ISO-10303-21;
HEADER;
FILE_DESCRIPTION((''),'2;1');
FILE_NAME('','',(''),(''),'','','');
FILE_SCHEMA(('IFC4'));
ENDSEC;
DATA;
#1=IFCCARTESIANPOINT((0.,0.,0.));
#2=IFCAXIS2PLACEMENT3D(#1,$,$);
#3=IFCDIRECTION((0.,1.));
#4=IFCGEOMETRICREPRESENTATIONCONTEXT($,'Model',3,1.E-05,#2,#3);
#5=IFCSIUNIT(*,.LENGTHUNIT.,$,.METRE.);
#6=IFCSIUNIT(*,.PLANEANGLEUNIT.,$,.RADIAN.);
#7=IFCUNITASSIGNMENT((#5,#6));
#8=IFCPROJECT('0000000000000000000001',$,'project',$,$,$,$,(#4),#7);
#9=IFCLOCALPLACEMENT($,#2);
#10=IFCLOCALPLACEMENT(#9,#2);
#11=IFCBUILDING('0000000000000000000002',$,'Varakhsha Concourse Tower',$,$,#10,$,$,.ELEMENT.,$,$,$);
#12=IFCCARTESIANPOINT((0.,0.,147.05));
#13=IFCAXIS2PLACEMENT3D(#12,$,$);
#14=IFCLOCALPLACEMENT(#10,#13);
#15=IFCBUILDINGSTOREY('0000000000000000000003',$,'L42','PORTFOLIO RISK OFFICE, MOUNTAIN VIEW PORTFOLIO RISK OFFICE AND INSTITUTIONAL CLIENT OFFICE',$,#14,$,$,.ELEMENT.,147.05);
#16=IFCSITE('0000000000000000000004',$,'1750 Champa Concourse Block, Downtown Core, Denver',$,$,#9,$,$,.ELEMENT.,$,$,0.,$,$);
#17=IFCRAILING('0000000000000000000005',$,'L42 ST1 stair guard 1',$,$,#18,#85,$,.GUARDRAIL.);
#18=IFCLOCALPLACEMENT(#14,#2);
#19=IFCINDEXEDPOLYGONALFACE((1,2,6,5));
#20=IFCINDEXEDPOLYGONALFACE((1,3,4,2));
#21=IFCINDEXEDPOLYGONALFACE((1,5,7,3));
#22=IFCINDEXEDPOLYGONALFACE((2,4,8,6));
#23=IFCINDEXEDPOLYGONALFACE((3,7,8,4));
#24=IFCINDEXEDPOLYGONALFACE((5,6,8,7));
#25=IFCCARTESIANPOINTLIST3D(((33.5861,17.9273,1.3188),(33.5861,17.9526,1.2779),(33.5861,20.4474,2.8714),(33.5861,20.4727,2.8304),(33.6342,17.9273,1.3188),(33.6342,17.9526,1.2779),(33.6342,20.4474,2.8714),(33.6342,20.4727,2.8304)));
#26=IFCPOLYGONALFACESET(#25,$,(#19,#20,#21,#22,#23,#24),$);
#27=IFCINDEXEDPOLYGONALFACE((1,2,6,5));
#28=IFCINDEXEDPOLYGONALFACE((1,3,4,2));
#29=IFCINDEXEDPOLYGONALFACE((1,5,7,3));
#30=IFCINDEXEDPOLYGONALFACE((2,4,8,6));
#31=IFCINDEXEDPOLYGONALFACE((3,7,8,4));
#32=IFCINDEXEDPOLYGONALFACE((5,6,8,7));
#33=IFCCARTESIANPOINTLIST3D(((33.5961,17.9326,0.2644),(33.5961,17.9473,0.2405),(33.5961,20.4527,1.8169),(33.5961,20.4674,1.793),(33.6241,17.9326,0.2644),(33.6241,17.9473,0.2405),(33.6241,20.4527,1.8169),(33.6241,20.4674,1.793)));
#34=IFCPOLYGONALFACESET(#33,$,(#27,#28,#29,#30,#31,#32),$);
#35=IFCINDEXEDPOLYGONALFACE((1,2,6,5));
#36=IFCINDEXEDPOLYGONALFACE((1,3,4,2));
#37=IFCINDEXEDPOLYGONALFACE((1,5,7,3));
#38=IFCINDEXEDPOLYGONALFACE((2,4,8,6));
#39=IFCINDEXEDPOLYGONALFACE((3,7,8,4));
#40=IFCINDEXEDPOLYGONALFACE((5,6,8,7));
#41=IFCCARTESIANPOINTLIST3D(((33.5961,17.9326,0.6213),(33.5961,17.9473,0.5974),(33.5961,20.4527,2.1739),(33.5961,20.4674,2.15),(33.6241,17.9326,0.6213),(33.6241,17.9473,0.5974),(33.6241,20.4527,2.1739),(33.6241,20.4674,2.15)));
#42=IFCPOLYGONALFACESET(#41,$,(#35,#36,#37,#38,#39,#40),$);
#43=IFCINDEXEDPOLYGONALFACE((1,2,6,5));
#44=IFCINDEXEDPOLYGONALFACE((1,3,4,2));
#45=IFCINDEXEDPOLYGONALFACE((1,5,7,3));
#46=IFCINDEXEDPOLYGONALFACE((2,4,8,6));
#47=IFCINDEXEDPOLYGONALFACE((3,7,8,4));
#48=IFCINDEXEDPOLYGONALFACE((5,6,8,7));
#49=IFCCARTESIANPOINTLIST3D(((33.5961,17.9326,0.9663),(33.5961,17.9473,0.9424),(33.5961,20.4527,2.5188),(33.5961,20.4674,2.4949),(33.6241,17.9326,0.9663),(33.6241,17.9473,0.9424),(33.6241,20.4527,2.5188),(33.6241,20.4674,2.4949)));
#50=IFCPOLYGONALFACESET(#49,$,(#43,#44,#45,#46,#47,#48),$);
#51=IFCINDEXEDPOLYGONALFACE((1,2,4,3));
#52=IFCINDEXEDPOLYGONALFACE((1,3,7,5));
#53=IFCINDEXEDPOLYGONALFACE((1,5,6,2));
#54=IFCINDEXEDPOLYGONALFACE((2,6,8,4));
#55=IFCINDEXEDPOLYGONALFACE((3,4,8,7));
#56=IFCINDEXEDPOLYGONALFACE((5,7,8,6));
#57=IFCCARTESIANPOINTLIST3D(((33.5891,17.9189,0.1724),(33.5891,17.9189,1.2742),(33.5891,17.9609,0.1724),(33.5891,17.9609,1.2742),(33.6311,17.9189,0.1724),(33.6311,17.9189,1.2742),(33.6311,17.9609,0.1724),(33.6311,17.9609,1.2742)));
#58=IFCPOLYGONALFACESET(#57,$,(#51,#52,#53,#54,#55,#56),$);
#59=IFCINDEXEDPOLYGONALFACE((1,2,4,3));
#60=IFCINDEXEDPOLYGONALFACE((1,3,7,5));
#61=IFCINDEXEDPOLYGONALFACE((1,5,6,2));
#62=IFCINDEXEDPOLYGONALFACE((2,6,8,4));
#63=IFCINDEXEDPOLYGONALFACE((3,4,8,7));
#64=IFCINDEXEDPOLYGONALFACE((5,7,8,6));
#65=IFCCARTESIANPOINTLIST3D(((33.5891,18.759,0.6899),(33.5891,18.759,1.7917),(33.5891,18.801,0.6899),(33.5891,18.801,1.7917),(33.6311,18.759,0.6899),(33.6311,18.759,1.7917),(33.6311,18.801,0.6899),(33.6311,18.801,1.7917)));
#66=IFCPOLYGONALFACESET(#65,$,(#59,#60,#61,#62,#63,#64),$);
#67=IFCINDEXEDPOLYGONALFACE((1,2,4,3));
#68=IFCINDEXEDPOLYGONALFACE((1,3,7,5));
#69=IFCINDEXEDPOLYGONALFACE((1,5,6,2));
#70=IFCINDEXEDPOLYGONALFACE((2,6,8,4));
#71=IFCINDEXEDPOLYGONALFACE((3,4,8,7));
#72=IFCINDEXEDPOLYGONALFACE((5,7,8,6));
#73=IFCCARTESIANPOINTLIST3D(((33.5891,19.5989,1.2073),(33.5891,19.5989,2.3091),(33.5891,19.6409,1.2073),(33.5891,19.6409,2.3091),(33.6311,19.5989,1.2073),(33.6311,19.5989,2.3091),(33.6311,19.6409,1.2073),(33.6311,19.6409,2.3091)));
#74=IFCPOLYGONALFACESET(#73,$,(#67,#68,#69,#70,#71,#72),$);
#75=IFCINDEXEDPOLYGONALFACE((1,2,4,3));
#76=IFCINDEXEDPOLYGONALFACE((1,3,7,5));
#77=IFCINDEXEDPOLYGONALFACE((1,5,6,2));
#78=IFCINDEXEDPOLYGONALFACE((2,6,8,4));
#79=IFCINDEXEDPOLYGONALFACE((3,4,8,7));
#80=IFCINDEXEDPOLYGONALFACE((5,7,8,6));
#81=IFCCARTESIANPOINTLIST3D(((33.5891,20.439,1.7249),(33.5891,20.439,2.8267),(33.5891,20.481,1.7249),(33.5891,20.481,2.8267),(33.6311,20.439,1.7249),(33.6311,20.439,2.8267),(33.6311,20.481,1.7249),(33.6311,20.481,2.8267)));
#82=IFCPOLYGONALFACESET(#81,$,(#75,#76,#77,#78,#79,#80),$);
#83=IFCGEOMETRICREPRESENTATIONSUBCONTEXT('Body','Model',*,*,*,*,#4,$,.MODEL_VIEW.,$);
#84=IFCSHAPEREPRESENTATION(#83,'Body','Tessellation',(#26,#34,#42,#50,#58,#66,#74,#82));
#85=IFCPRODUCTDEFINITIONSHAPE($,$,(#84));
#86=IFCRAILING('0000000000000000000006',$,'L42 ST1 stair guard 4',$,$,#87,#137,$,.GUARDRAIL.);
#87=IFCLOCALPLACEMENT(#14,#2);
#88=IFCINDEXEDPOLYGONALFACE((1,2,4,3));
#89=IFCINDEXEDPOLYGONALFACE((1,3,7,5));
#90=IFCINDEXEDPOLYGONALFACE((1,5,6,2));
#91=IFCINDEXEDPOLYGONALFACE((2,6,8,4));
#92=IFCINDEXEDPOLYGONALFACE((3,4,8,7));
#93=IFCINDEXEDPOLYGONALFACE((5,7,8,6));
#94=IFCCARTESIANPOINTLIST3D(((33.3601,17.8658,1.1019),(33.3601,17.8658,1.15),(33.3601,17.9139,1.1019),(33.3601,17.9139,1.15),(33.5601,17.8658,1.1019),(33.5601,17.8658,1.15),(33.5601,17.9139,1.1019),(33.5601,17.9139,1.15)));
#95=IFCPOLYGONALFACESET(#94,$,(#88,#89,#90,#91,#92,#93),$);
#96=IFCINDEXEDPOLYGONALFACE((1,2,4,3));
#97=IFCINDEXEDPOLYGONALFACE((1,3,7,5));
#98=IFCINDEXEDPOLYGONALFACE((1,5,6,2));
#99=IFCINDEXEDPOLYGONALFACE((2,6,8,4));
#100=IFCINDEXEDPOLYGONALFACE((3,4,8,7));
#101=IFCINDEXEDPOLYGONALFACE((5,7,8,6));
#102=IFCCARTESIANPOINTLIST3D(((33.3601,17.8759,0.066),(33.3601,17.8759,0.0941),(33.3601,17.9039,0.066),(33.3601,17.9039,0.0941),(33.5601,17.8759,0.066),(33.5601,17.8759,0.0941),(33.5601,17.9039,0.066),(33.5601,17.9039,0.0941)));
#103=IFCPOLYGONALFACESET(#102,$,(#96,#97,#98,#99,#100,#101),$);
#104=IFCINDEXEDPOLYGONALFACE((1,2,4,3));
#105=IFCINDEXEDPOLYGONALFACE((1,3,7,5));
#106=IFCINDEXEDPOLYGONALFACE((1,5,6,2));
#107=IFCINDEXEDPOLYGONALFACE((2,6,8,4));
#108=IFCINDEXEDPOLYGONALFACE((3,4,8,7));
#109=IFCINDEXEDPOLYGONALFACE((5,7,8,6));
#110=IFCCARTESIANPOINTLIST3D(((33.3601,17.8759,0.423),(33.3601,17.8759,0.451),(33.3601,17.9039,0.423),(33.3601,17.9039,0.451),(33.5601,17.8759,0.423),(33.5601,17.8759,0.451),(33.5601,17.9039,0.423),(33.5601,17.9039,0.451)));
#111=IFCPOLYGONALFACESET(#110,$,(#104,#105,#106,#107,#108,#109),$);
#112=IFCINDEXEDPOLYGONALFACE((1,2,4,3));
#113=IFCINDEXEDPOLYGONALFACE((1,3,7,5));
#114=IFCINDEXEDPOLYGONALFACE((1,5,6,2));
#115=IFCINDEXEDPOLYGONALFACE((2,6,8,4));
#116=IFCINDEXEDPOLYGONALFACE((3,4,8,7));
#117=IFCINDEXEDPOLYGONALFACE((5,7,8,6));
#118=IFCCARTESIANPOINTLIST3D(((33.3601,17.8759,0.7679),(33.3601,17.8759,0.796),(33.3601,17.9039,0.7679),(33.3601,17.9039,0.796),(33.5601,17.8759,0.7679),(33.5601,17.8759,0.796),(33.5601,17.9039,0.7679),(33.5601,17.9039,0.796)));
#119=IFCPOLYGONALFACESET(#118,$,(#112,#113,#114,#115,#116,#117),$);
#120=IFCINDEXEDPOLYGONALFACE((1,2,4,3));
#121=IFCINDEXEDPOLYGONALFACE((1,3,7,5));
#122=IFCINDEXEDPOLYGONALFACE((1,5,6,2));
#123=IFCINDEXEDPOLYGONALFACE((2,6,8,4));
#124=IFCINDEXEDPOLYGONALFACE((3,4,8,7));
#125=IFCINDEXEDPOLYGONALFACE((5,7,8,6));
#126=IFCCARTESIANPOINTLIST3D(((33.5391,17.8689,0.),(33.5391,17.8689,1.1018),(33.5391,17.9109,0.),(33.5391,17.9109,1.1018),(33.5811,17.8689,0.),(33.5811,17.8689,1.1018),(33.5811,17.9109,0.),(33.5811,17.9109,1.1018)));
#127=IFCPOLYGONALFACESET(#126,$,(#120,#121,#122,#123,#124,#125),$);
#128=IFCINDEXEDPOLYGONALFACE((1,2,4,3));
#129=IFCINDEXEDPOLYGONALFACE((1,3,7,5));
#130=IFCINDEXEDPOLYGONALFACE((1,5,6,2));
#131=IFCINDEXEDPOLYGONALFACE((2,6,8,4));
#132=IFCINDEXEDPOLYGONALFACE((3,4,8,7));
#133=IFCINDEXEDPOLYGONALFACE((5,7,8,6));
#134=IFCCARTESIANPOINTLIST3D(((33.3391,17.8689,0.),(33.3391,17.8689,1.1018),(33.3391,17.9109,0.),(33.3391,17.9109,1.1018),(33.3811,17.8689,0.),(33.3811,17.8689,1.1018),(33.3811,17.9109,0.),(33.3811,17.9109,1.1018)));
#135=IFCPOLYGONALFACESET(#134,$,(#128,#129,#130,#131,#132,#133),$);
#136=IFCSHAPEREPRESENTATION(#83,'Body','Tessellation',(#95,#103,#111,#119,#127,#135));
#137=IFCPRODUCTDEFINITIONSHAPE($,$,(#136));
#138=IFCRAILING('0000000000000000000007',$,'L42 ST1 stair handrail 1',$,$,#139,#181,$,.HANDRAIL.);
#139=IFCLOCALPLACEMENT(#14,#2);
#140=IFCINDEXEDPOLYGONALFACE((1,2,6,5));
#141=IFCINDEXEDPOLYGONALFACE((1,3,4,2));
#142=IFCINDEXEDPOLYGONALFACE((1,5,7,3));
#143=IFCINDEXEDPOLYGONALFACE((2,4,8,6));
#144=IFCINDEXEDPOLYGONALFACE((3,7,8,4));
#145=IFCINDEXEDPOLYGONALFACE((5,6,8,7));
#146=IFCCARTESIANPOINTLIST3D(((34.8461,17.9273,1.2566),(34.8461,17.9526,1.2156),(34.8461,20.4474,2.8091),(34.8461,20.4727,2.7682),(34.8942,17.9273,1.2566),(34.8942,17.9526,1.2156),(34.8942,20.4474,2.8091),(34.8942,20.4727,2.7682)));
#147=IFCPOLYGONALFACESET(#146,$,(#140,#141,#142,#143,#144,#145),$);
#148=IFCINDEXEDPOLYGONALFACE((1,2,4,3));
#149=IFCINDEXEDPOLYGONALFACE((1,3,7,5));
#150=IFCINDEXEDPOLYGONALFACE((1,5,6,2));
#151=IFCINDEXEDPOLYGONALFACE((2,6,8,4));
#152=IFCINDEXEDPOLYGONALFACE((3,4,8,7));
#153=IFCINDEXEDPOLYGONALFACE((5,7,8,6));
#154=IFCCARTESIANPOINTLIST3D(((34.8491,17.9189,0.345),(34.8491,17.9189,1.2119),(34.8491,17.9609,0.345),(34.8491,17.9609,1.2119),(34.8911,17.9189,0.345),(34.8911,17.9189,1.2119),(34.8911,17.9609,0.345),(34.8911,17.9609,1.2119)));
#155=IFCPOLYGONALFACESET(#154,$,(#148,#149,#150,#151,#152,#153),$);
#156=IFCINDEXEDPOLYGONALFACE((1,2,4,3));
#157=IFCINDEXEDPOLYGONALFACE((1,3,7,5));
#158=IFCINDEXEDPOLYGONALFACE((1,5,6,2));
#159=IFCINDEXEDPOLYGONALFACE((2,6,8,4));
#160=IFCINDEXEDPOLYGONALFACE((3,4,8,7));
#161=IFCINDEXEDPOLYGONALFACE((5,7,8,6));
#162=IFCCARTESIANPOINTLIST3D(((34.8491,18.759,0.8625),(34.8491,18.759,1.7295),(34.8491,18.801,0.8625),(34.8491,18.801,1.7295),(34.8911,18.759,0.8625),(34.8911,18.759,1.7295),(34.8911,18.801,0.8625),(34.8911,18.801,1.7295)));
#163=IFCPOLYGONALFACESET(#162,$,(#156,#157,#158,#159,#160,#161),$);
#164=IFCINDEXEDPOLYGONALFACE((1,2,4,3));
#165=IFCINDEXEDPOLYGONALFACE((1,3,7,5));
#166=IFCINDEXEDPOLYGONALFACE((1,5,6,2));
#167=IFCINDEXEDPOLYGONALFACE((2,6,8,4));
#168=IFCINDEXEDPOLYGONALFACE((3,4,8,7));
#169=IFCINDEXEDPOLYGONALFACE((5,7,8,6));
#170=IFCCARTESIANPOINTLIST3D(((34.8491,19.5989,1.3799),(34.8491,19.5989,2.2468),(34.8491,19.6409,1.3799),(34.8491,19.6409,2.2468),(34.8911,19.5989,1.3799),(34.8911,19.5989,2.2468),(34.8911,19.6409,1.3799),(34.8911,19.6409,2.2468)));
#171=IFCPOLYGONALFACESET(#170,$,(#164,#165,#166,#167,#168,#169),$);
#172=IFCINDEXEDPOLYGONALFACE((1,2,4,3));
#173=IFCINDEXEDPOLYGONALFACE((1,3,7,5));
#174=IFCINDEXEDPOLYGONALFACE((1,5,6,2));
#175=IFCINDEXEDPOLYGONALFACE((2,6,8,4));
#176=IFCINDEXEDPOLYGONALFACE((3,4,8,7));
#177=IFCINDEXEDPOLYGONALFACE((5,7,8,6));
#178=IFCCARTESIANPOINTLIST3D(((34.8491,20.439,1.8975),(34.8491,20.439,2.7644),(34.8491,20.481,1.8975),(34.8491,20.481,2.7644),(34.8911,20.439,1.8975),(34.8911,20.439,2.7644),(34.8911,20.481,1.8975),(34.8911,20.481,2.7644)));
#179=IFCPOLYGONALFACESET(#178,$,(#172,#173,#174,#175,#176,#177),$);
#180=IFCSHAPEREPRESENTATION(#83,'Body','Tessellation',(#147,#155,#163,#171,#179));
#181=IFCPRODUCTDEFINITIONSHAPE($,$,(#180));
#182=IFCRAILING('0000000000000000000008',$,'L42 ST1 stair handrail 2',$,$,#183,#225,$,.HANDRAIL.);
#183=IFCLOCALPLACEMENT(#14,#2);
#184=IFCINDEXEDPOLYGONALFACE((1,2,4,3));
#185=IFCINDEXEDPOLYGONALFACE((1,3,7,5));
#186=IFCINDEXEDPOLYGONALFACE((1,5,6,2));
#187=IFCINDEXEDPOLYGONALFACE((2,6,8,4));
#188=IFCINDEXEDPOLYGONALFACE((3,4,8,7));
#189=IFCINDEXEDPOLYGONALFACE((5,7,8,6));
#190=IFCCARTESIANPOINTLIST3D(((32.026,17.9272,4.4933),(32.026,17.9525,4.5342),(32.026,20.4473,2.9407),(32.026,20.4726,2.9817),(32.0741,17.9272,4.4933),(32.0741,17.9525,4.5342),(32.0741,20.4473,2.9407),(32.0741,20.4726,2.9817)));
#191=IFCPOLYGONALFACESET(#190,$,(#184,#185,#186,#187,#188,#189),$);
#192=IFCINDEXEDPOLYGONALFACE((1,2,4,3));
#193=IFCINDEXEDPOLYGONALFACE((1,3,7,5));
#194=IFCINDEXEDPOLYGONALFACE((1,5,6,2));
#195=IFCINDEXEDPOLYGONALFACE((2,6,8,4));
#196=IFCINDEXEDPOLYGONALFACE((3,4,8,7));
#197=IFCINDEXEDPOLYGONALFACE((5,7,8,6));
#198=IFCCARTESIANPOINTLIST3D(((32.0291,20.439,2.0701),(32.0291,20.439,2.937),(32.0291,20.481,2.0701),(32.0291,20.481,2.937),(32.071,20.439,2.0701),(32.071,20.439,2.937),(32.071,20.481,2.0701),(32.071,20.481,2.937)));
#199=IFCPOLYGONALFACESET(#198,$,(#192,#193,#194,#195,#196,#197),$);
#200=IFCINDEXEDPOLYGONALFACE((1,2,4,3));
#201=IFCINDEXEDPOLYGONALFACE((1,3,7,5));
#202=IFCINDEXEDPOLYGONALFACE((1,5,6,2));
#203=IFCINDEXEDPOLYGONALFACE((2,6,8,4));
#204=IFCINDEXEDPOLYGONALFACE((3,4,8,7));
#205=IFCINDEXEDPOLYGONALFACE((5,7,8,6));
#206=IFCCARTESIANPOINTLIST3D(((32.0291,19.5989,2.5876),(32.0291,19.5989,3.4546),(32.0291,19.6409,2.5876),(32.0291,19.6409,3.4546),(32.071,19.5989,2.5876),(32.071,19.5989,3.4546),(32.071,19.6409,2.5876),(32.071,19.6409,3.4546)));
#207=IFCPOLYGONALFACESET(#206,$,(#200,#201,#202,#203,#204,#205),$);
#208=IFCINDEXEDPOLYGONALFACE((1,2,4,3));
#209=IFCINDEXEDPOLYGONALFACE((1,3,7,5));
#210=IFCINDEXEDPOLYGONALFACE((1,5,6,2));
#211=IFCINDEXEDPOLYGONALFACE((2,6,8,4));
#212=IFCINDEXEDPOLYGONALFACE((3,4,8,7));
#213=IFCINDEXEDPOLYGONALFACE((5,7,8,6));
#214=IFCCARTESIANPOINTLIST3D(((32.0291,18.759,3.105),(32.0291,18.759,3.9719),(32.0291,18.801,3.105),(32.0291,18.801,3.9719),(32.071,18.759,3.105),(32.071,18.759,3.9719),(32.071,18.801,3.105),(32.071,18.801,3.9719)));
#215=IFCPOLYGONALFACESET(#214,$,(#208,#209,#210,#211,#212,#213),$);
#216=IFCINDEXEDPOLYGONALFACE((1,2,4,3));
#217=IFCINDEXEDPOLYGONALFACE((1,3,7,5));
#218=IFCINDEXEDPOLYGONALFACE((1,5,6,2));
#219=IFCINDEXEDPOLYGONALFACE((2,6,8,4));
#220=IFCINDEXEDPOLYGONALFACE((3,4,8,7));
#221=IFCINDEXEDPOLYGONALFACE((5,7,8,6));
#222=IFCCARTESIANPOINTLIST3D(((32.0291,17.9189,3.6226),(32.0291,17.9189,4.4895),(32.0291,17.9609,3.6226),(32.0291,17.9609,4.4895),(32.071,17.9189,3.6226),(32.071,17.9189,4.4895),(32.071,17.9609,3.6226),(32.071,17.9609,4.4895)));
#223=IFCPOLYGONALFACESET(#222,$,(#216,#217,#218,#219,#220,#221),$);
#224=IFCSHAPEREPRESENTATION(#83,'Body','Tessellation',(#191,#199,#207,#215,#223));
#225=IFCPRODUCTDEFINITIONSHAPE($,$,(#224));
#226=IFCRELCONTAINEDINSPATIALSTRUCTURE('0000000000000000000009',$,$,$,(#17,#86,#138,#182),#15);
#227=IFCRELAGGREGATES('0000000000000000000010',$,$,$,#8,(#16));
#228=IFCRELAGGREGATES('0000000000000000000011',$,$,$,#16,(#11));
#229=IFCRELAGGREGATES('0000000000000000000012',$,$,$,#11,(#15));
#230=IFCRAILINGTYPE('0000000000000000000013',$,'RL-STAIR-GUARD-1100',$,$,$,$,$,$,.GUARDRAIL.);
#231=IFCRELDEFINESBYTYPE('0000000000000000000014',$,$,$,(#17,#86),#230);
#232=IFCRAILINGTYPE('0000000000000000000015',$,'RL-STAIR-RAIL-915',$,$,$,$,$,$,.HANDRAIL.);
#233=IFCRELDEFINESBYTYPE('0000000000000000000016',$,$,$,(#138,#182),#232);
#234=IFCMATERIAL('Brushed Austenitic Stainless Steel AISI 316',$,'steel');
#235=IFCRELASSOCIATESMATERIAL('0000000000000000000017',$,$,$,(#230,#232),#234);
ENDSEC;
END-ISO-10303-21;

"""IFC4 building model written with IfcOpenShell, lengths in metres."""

from ifc_helpers import new_model, si_unit, direction, frame, origin, origin_2d, place, context, subcontext, project, spatial, rectangle, extrude, material, type_object, element, save


model = new_model("IFC4")

# Units and contexts
model_context = context("Model", 3, precision=1e-05, world=origin(), true_north=direction((0.0, 1.0)))
body_context = subcontext(model_context, "Body", "Model", "MODEL_VIEW")
ifc_project = project(units=[si_unit("LENGTHUNIT", "METRE"), si_unit("PLANEANGLEUNIT", "RADIAN")], contexts=[model_context])

# Site, building, storey
site_placement = place(None, origin())
site = spatial("IfcSite", under=ifc_project, at=site_placement, Name="1750 Champa Concourse Block, Downtown Core, Denver", CompositionType="ELEMENT", RefElevation=0.0)
building_placement = place(site_placement, origin())
building = spatial("IfcBuilding", under=site, at=building_placement, Name="Varakhsha Concourse Tower", CompositionType="ELEMENT")
storey_placement = place(building_placement, frame((0.0, 0.0, 147.05)))
storey = spatial("IfcBuildingStorey", under=building, at=storey_placement, Name="L42", Description="PORTFOLIO RISK OFFICE, MOUNTAIN VIEW PORTFOLIO RISK OFFICE AND INSTITUTIONAL CLIENT OFFICE", CompositionType="ELEMENT", Elevation=147.05)

# Railings
ifc_material_1 = material(Name="Brushed Austenitic Stainless Steel AISI 316", Category="steel")
railing_type_1 = type_object("IfcRailingType", Name="RL-STAIR-GUARD-1100", PredefinedType="GUARDRAIL", material=ifc_material_1)
railing_1_placement = place(storey_placement, frame((33.6101, 17.9399, 0.1724)))
element("IfcRailing", 1, at=railing_1_placement, inside=storey, type_object=railing_type_1, Name="L42 ST1 stair guard 1", PredefinedType="GUARDRAIL", context=body_context, shape_type="SweptSolid", body=[
    extrude(rectangle(XDim=0.0481, YDim=0.0481, at=origin_2d()), frame((0.0, 0.0, 1.126), z_axis=(0.0, 0.8514, 0.524516), x_axis=(-1.0, 0.0, 0.0)), (0.0, 0.0, 1.0), 2.96),
    extrude(rectangle(XDim=0.0281, YDim=0.0281, at=origin_2d()), frame((0.0, 0.0, 0.0801), z_axis=(0.0, 0.8514, 0.524516), x_axis=(-1.0, 0.0, 0.0)), (0.0, 0.0, 1.0), 2.96),
    extrude(rectangle(XDim=0.0281, YDim=0.0281, at=origin_2d()), frame((0.0, 0.0, 0.437), z_axis=(0.0, 0.8514, 0.524516), x_axis=(-1.0, 0.0, 0.0)), (0.0, 0.0, 1.0), 2.96),
    extrude(rectangle(XDim=0.0281, YDim=0.0281, at=origin_2d()), frame((0.0, 0.0, 0.782), z_axis=(0.0, 0.8514, 0.524516), x_axis=(-1.0, 0.0, 0.0)), (0.0, 0.0, 1.0), 2.96),
    extrude(rectangle(XDim=0.042, YDim=0.042, at=origin_2d()), origin(), (0.0, 0.0, 1.0), 1.1018),
    extrude(rectangle(XDim=0.042, YDim=0.042, at=origin_2d()), frame((0.0, 0.8401, 0.5176)), (0.0, 0.0, 1.0), 1.1018),
    extrude(rectangle(XDim=0.042, YDim=0.042, at=origin_2d()), frame((0.0, 1.6799, 1.0349)), (0.0, 0.0, 1.0), 1.1018),
    extrude(rectangle(XDim=0.042, YDim=0.042, at=origin_2d()), frame((0.0, 2.52, 1.5525)), (0.0, 0.0, 1.0), 1.1018),
])
railing_2_placement = place(storey_placement, frame((33.5601, 17.8899, 0.0)))
element("IfcRailing", 2, at=railing_2_placement, inside=storey, type_object=railing_type_1, Name="L42 ST1 stair guard 4", PredefinedType="GUARDRAIL", context=body_context, shape_type="SweptSolid", body=[
    extrude(rectangle(XDim=0.0481, YDim=0.0481, at=origin_2d()), frame((0.0, 0.0, 1.126), z_axis=(-1.0, 0.0, 0.0), x_axis=(0.0, -1.0, 0.0)), (0.0, 0.0, 1.0), 0.2),
    extrude(rectangle(XDim=0.0281, YDim=0.0281, at=origin_2d()), frame((0.0, 0.0, 0.0801), z_axis=(-1.0, 0.0, 0.0), x_axis=(0.0, -1.0, 0.0)), (0.0, 0.0, 1.0), 0.2),
    extrude(rectangle(XDim=0.0281, YDim=0.0281, at=origin_2d()), frame((0.0, 0.0, 0.437), z_axis=(-1.0, 0.0, 0.0), x_axis=(0.0, -1.0, 0.0)), (0.0, 0.0, 1.0), 0.2),
    extrude(rectangle(XDim=0.0281, YDim=0.0281, at=origin_2d()), frame((0.0, 0.0, 0.782), z_axis=(-1.0, 0.0, 0.0), x_axis=(0.0, -1.0, 0.0)), (0.0, 0.0, 1.0), 0.2),
    extrude(rectangle(XDim=0.042, YDim=0.042, at=origin_2d()), origin(), (0.0, 0.0, 1.0), 1.1018),
    extrude(rectangle(XDim=0.042, YDim=0.042, at=origin_2d()), frame((-0.2, 0.0, 0.0)), (0.0, 0.0, 1.0), 1.1018),
])
railing_type_2 = type_object("IfcRailingType", Name="RL-STAIR-RAIL-915", PredefinedType="HANDRAIL", material=ifc_material_1)
railing_3_placement = place(storey_placement, frame((34.8701, 17.9399, 0.345)))
element("IfcRailing", 3, at=railing_3_placement, inside=storey, type_object=railing_type_2, Name="L42 ST1 stair handrail 1", PredefinedType="HANDRAIL", context=body_context, shape_type="SweptSolid", body=[
    extrude(rectangle(XDim=0.0481, YDim=0.0481, at=origin_2d()), frame((0.0, 0.0, 0.8911), z_axis=(0.0, 0.8514, 0.524516), x_axis=(-1.0, 0.0, 0.0)), (0.0, 0.0, 1.0), 2.96),
    extrude(rectangle(XDim=0.042, YDim=0.042, at=origin_2d()), origin(), (0.0, 0.0, 1.0), 0.8669),
    extrude(rectangle(XDim=0.042, YDim=0.042, at=origin_2d()), frame((0.0, 0.8401, 0.5176)), (0.0, 0.0, 1.0), 0.8669),
    extrude(rectangle(XDim=0.042, YDim=0.042, at=origin_2d()), frame((0.0, 1.6799, 1.0349)), (0.0, 0.0, 1.0), 0.8669),
    extrude(rectangle(XDim=0.042, YDim=0.042, at=origin_2d()), frame((0.0, 2.52, 1.5525)), (0.0, 0.0, 1.0), 0.8669),
])
railing_4_placement = place(storey_placement, frame((32.05, 20.46, 2.0701)))
element("IfcRailing", 4, at=railing_4_placement, inside=storey, type_object=railing_type_2, Name="L42 ST1 stair handrail 2", PredefinedType="HANDRAIL", context=body_context, shape_type="SweptSolid", body=[
    extrude(rectangle(XDim=0.0481, YDim=0.0481, at=origin_2d()), frame((0.0, 0.0, 0.8911), z_axis=(0.0, -0.8514, 0.524516), x_axis=(1.0, 0.0, 0.0)), (0.0, 0.0, 1.0), 2.96),
    extrude(rectangle(XDim=0.042, YDim=0.042, at=origin_2d()), origin(), (0.0, 0.0, 1.0), 0.8669),
    extrude(rectangle(XDim=0.042, YDim=0.042, at=origin_2d()), frame((0.0, -0.8401, 0.5176)), (0.0, 0.0, 1.0), 0.8669),
    extrude(rectangle(XDim=0.042, YDim=0.042, at=origin_2d()), frame((0.0, -1.6799, 1.0349)), (0.0, 0.0, 1.0), 0.8669),
    extrude(rectangle(XDim=0.042, YDim=0.042, at=origin_2d()), frame((0.0, -2.52, 1.5525)), (0.0, 0.0, 1.0), 0.8669),
])

save(model, "model.ifc")
